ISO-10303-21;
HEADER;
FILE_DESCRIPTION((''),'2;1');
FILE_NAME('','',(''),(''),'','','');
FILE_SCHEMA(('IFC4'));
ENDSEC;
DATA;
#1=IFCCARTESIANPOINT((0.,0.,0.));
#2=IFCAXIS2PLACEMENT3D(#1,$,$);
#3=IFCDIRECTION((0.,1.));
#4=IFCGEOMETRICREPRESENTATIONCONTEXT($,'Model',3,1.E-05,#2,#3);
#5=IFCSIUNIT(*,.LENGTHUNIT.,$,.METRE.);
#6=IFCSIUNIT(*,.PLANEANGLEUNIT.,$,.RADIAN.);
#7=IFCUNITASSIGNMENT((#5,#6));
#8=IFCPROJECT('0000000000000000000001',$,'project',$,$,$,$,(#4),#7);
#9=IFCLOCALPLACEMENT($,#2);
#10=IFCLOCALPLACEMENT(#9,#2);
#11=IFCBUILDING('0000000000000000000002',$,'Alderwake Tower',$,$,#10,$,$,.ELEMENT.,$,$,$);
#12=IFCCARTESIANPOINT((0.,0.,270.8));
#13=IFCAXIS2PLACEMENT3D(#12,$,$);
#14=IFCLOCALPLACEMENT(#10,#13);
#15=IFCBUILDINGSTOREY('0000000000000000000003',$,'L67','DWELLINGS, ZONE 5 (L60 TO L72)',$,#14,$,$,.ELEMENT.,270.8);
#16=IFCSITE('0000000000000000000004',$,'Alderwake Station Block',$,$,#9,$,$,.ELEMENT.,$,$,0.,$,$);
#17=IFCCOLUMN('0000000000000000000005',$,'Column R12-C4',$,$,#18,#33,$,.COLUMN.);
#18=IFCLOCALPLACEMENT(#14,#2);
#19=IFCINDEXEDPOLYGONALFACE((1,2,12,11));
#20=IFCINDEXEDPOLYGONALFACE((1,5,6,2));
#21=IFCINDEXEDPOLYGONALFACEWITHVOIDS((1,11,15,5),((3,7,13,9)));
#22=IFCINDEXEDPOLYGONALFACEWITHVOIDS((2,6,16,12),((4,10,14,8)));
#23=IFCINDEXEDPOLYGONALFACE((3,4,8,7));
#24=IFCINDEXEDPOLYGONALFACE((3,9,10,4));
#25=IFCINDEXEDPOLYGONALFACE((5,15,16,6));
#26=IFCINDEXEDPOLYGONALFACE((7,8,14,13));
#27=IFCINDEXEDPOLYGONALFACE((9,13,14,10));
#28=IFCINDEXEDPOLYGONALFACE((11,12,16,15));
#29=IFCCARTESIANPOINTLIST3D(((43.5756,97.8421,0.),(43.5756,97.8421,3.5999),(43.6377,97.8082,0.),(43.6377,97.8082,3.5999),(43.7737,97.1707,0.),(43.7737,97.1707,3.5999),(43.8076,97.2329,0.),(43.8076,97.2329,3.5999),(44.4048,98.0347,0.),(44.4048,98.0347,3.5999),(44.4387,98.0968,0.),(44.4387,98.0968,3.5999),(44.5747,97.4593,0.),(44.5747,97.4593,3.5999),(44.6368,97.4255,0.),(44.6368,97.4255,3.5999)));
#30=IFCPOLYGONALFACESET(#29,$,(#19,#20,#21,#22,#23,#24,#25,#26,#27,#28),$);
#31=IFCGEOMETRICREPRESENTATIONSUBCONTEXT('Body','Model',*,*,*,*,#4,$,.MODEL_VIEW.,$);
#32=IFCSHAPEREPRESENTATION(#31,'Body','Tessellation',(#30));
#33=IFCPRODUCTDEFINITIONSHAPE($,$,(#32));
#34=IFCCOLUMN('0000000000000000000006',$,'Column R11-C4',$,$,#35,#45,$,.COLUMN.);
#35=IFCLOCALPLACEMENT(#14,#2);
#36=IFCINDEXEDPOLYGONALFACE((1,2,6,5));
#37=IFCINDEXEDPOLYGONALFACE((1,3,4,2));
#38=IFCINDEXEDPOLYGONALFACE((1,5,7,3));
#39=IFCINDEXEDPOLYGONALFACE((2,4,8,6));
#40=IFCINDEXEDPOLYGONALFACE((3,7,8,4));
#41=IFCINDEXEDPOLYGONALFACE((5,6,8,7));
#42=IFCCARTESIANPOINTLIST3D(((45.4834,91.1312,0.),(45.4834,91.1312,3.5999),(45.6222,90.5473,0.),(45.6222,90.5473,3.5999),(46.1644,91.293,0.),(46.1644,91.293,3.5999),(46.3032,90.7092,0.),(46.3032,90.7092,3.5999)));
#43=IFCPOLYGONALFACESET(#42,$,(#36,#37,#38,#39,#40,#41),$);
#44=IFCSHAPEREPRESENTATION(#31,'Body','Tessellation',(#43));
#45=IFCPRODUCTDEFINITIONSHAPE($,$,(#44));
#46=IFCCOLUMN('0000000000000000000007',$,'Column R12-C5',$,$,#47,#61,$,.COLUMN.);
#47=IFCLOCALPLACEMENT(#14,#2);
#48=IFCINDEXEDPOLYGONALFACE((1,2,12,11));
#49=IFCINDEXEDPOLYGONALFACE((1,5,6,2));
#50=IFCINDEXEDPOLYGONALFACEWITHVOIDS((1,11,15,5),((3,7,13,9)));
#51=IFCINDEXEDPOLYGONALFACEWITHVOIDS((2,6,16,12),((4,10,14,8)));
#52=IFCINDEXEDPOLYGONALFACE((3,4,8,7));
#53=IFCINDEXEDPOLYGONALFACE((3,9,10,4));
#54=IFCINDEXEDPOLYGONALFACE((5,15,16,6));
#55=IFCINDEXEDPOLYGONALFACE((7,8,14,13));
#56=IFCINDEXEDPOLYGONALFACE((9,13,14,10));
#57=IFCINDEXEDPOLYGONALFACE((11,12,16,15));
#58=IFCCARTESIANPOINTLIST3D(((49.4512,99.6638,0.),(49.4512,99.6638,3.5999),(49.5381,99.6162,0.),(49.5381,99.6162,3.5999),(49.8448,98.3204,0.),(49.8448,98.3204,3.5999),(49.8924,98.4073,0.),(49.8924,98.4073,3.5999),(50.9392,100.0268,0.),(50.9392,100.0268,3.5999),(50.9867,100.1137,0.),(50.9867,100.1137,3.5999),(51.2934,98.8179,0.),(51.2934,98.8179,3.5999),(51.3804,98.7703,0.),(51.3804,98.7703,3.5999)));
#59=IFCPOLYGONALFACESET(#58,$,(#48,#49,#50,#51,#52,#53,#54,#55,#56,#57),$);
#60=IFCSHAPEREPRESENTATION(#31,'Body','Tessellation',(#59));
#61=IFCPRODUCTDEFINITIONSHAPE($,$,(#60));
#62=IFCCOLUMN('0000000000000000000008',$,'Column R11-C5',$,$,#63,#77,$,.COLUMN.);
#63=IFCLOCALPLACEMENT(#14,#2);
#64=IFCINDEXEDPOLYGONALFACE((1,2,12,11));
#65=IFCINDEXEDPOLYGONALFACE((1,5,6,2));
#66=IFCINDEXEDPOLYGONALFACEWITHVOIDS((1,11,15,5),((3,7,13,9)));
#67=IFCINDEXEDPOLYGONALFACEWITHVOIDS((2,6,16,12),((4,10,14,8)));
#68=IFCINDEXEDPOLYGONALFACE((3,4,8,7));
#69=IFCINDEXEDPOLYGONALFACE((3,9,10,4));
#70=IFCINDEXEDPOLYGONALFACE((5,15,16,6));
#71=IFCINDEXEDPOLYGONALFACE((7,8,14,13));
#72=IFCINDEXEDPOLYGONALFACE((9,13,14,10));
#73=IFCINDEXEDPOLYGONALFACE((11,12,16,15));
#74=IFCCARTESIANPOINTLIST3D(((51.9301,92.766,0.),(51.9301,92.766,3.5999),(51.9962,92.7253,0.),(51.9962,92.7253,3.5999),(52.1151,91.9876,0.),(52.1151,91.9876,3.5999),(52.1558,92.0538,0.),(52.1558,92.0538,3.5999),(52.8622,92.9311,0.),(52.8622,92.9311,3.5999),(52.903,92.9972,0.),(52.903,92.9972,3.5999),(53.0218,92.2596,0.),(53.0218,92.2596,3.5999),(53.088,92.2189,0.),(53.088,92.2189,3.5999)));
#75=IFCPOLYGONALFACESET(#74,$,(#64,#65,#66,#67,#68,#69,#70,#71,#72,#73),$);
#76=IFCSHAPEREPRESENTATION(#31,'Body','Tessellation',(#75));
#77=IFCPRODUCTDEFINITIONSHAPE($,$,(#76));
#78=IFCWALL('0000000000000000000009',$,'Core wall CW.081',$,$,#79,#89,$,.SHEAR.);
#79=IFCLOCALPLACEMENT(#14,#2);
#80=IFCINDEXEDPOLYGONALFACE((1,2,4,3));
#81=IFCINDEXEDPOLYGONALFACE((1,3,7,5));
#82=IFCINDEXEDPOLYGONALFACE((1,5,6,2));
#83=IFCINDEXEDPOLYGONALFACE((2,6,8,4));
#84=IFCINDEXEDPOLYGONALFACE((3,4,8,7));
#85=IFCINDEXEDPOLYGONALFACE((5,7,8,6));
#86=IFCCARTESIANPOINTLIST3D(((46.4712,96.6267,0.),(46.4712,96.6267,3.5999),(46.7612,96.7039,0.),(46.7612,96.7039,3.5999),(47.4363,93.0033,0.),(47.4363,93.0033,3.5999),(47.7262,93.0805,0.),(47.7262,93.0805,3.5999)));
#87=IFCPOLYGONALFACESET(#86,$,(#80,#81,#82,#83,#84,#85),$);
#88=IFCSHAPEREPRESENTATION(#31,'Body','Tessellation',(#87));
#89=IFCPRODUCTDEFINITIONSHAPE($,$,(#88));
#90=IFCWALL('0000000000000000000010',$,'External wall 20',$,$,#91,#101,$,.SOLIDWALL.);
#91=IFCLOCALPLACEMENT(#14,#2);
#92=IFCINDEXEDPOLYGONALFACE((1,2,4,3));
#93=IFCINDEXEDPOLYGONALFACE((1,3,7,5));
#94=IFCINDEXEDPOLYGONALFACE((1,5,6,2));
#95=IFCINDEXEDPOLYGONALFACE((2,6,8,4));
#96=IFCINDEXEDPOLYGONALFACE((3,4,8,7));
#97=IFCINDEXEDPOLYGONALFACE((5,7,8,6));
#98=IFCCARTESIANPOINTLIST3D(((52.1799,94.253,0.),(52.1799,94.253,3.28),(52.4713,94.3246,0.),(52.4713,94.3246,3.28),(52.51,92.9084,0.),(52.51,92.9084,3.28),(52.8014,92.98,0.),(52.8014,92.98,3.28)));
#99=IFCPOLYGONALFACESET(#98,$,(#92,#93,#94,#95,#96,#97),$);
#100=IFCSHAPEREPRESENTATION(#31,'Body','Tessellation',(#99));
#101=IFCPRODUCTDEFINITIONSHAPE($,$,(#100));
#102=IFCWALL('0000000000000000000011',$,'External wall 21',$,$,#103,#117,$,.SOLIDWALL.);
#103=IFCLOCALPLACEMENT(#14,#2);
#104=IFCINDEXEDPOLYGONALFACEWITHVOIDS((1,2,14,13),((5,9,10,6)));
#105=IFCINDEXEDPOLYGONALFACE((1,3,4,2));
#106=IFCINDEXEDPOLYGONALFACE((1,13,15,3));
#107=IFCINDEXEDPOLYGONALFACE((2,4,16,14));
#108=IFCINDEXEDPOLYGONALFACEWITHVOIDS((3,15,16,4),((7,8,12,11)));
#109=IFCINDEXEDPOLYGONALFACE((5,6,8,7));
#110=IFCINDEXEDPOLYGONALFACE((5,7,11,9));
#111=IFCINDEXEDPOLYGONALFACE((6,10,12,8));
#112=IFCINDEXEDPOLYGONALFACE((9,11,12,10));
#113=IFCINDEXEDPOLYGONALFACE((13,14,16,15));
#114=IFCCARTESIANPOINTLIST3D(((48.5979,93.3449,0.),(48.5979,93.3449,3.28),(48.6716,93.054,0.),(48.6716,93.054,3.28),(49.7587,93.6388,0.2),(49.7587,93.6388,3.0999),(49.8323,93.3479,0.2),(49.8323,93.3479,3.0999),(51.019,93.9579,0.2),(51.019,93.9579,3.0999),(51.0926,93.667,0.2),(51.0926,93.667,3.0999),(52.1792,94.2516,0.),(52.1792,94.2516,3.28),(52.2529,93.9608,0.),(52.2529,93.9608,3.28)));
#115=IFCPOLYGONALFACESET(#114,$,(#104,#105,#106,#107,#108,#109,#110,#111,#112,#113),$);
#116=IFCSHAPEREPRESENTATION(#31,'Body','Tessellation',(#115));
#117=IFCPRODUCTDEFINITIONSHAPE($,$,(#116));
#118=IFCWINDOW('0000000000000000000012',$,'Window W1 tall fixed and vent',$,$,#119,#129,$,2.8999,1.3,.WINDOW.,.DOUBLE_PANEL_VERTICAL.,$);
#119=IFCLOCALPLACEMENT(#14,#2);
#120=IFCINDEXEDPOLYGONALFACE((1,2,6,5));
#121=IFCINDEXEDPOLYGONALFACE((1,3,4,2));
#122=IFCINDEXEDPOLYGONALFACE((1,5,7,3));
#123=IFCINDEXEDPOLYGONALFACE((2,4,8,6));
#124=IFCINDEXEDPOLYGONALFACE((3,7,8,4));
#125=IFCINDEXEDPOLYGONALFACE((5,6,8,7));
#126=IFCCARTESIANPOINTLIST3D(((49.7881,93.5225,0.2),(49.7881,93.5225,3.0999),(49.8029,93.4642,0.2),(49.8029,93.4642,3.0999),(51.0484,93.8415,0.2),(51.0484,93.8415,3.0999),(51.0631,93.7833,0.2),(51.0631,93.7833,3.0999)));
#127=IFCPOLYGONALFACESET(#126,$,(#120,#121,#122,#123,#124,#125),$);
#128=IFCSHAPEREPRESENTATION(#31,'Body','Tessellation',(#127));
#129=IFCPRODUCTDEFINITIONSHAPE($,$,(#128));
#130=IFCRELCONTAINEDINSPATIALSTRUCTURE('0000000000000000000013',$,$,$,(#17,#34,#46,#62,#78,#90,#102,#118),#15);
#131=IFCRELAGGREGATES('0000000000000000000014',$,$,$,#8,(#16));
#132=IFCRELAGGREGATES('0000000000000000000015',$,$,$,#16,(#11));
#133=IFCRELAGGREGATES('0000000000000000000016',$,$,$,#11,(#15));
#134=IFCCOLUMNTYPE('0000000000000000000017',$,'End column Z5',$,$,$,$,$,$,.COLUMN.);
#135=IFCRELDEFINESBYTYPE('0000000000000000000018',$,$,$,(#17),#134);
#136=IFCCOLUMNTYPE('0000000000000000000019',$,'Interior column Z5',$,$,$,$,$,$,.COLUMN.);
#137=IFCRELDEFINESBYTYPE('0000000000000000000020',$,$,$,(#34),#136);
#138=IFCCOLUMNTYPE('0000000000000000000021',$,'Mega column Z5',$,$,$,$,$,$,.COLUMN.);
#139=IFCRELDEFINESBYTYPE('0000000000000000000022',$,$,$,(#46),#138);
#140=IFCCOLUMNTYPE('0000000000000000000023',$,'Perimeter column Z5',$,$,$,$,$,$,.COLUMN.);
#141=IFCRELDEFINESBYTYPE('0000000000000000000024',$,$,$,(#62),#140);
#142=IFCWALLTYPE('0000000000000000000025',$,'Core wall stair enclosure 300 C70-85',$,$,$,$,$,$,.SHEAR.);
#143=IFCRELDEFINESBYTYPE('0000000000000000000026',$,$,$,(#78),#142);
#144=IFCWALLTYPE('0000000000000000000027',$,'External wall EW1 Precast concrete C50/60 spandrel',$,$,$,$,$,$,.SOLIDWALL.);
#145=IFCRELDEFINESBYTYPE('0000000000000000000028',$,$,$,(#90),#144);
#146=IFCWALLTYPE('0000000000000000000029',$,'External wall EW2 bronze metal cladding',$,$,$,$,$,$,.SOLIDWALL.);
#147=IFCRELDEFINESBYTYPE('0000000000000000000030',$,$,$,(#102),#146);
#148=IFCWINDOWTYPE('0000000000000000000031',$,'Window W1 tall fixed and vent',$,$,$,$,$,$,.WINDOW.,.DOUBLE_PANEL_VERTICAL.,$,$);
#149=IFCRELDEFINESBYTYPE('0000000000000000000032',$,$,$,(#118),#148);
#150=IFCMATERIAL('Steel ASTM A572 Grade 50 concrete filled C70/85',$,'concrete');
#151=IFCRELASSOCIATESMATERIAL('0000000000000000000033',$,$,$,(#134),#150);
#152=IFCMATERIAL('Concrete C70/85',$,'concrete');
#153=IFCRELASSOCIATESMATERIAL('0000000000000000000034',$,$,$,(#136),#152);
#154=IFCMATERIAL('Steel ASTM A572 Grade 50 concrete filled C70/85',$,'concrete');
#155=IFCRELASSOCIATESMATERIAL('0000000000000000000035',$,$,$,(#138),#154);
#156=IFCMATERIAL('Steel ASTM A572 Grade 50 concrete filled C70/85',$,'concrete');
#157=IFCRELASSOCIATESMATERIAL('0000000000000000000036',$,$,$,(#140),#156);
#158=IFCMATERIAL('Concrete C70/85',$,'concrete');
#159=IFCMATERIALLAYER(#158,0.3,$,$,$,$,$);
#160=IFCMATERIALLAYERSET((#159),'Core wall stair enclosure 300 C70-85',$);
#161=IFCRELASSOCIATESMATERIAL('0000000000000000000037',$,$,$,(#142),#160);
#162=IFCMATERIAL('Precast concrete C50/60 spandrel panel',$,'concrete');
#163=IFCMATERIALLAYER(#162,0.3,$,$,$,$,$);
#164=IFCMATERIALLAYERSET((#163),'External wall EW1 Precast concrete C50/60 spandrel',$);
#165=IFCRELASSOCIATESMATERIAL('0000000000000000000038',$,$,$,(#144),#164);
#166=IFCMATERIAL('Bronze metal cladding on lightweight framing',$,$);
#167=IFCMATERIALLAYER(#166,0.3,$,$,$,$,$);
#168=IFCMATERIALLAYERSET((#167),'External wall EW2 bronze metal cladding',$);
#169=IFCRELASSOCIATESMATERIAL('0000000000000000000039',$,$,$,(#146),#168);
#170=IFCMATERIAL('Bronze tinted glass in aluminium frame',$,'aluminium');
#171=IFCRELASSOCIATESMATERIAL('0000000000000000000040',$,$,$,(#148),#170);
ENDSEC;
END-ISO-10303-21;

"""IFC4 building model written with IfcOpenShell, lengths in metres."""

from ifc_helpers import new_model, si_unit, direction, frame, frame_2d, origin, origin_2d, place, context, subcontext, project, spatial, rectangle, hollow_rectangle, extrude, material, layer, layer_set, material_profile, profile_set, type_object, element, fill, save


model = new_model("IFC4")

# Units and contexts
model_context = context("Model", 3, precision=1e-05, world=origin(), true_north=direction((0.0, 1.0)))
body_context = subcontext(model_context, "Body", "Model", "MODEL_VIEW")
ifc_project = project(units=[si_unit("LENGTHUNIT", "METRE"), si_unit("PLANEANGLEUNIT", "RADIAN")], contexts=[model_context])

# Site, building, storey
site_placement = place(None, origin())
site = spatial("IfcSite", under=ifc_project, at=site_placement, Name="Alderwake Station Block", CompositionType="ELEMENT", RefElevation=0.0)
building_placement = place(site_placement, origin())
building = spatial("IfcBuilding", under=site, at=building_placement, Name="Alderwake Tower", CompositionType="ELEMENT")
storey_placement = place(building_placement, frame((0.0, 0.0, 270.8)))
storey = spatial("IfcBuildingStorey", under=building, at=storey_placement, Name="L67", Description="DWELLINGS, ZONE 5 (L60 TO L72)", CompositionType="ELEMENT", Elevation=270.8)

# Columns
ifc_material_1 = material(Name="Steel ASTM A572 Grade 50 concrete filled C70/85", Category="concrete")
ifc_material_profile_1 = material_profile(ifc_material_1, hollow_rectangle(XDim=0.7, YDim=0.8999, WallThickness=0.05, at=origin_2d()), Name="BOX 900X700X50")
ifc_profile_set_1 = profile_set([ifc_material_profile_1], Name="Steel ASTM A572 Grade 50 concrete filled C70/85")
column_type_1 = type_object("IfcColumnType", Name="End column Z5", PredefinedType="COLUMN", material=ifc_profile_set_1)
column_1_placement = place(storey_placement, frame((44.1062, 97.6338, 0.0), z_axis=(0.0, 0.0, 1.0), x_axis=(-0.283105, 0.959089, 0.0)))
element("IfcColumn", 1, at=column_1_placement, inside=storey, type_object=column_type_1, Name="Column R12-C4", PredefinedType="COLUMN", context=body_context, shape_type="SweptSolid", body=[
    extrude(hollow_rectangle(XDim=0.7, YDim=0.8999, WallThickness=0.05, at=origin_2d()), origin(), (0.0, 0.0, 1.0), 3.5999),
])
ifc_material_2 = material(Name="Concrete C70/85", Category="concrete")
ifc_material_profile_2 = material_profile(ifc_material_2, rectangle(XDim=0.6001, YDim=0.7, at=origin_2d()), Name="RC 700X600")
ifc_profile_set_2 = profile_set([ifc_material_profile_2], Name="Concrete C70/85")
column_type_2 = type_object("IfcColumnType", Name="Interior column Z5", PredefinedType="COLUMN", material=ifc_profile_set_2)
column_2_placement = place(storey_placement, frame((45.8933, 90.9202, 0.0), z_axis=(0.0, 0.0, 1.0), x_axis=(-0.231222, 0.972901, 0.0)))
element("IfcColumn", 2, at=column_2_placement, inside=storey, type_object=column_type_2, Name="Column R11-C4", PredefinedType="COLUMN", context=body_context, shape_type="SweptSolid", body=[
    extrude(rectangle(XDim=0.6001, YDim=0.7, at=origin_2d()), origin(), (0.0, 0.0, 1.0), 3.5999),
])
ifc_material_3 = material(Name="Steel ASTM A572 Grade 50 concrete filled C70/85", Category="concrete")
ifc_material_profile_3 = material_profile(ifc_material_3, hollow_rectangle(XDim=1.3999, YDim=1.6001, WallThickness=0.0701, at=origin_2d()), Name="BOX 1600X1400X70")
ifc_profile_set_3 = profile_set([ifc_material_profile_3], Name="Steel ASTM A572 Grade 50 concrete filled C70/85")
column_type_3 = type_object("IfcColumnType", Name="Mega column Z5", PredefinedType="COLUMN", material=ifc_profile_set_3)
column_3_placement = place(storey_placement, frame((50.4158, 99.217, 0.0), z_axis=(0.0, 0.0, 1.0), x_axis=(-0.281214, 0.959645, 0.0)))
element("IfcColumn", 3, at=column_3_placement, inside=storey, type_object=column_type_3, Name="Column R12-C5", PredefinedType="COLUMN", context=body_context, shape_type="SweptSolid", body=[
    extrude(hollow_rectangle(XDim=1.3999, YDim=1.6001, WallThickness=0.0701, at=origin_2d()), origin(), (0.0, 0.0, 1.0), 3.5999),
])
ifc_material_4 = material(Name="Steel ASTM A572 Grade 50 concrete filled C70/85", Category="concrete")
ifc_material_profile_4 = material_profile(ifc_material_4, hollow_rectangle(XDim=0.8, YDim=1.0, WallThickness=0.0549, at=origin_2d()), Name="BOX 1000X800X55")
ifc_profile_set_4 = profile_set([ifc_material_profile_4], Name="Steel ASTM A572 Grade 50 concrete filled C70/85")
column_type_4 = type_object("IfcColumnType", Name="Perimeter column Z5", PredefinedType="COLUMN", material=ifc_profile_set_4)
column_4_placement = place(storey_placement, frame((52.509, 92.4924, 0.0), z_axis=(0.0, 0.0, 1.0), x_axis=(-0.231222, 0.972901, 0.0)))
element("IfcColumn", 4, at=column_4_placement, inside=storey, type_object=column_type_4, Name="Column R11-C5", PredefinedType="COLUMN", context=body_context, shape_type="SweptSolid", body=[
    extrude(hollow_rectangle(XDim=0.8, YDim=1.0, WallThickness=0.0549, at=origin_2d()), origin(), (0.0, 0.0, 1.0), 3.5999),
])

# Walls
ifc_material_5 = material(Name="Concrete C70/85", Category="concrete")
ifc_layer_1 = layer(ifc_material_5, 0.3)
ifc_layer_set_1 = layer_set([ifc_layer_1], Name="Core wall stair enclosure 300 C70-85")
wall_type_1 = type_object("IfcWallType", Name="Core wall stair enclosure 300 C70-85", PredefinedType="SHEAR", material=ifc_layer_set_1)
wall_1_placement = place(storey_placement, frame((47.5813, 93.0417, 0.0), z_axis=(0.0, 0.0, 1.0), x_axis=(-0.257367, 0.966314, 0.0)))
element("IfcWall", 5, at=wall_1_placement, inside=storey, type_object=wall_type_1, Name="Core wall CW.081", PredefinedType="SHEAR", context=body_context, shape_type="SweptSolid", body=[
    extrude(rectangle(XDim=3.7498, YDim=0.3, at=frame_2d((1.875, 0.0))), origin(), (0.0, 0.0, 1.0), 3.5999),
])
ifc_material_6 = material(Name="Precast concrete C50/60 spandrel panel", Category="concrete")
ifc_layer_2 = layer(ifc_material_6, 0.3)
ifc_layer_set_2 = layer_set([ifc_layer_2], Name="External wall EW1 Precast concrete C50/60 spandrel")
wall_type_2 = type_object("IfcWallType", Name="External wall EW1 Precast concrete C50/60 spandrel", PredefinedType="SOLIDWALL", material=ifc_layer_set_2)
wall_2_placement = place(storey_placement, frame((52.6558, 92.9441, 0.0), z_axis=(0.0, 0.0, 1.0), x_axis=(-0.238426, 0.971161, 0.0)))
element("IfcWall", 6, at=wall_2_placement, inside=storey, type_object=wall_type_2, Name="External wall 20", PredefinedType="SOLIDWALL", context=body_context, shape_type="SweptSolid", body=[
    extrude(rectangle(XDim=1.3845, YDim=0.3, at=frame_2d((0.6924, 0.0))), origin(), (0.0, 0.0, 1.0), 3.28),
])

# Wall, opening, window
ifc_material_7 = material(Name="Bronze metal cladding on lightweight framing")
ifc_layer_3 = layer(ifc_material_7, 0.3)
ifc_layer_set_3 = layer_set([ifc_layer_3], Name="External wall EW2 bronze metal cladding")
wall_type_3 = type_object("IfcWallType", Name="External wall EW2 bronze metal cladding", PredefinedType="SOLIDWALL", material=ifc_layer_set_3)
wall_3_placement = place(storey_placement, frame((52.2161, 94.1062, 0.0), z_axis=(0.0, 0.0, 1.0), x_axis=(-0.969411, -0.245442, 0.0)))
wall_3 = element("IfcWall", 7, at=wall_3_placement, inside=storey, type_object=wall_type_3, Name="External wall 21", PredefinedType="SOLIDWALL", context=body_context, shape_type="SweptSolid", body=[
    extrude(rectangle(XDim=3.6943, YDim=0.3, at=frame_2d((1.8472, 0.0))), origin(), (0.0, 0.0, 1.0), 3.28),
])
opening_1_placement = place(wall_3_placement, frame((1.197, 0.0, 0.2)))
opening_1 = element("IfcOpeningElement", 8, at=opening_1_placement, cuts=wall_3, PredefinedType="OPENING", context=body_context, shape_type="SweptSolid", body=[
    extrude(rectangle(XDim=1.3, YDim=2.8999, at=frame_2d((0.6499, 1.45))), frame((0.0, 0.1599, 0.0), z_axis=(0.0, -1.0, 0.0), x_axis=(1.0, 0.0, 0.0)), (0.0, 0.0, 1.0), 0.3201),
])
ifc_material_8 = material(Name="Bronze tinted glass in aluminium frame", Category="aluminium")
window_type = type_object("IfcWindowType", Name="Window W1 tall fixed and vent", PartitioningType="DOUBLE_PANEL_VERTICAL", PredefinedType="WINDOW", material=ifc_material_8)
window_1_placement = place(opening_1_placement, origin())
window_1 = element("IfcWindow", 9, at=window_1_placement, inside=storey, type_object=window_type, Name="Window W1 tall fixed and vent", OverallHeight=2.8999, OverallWidth=1.3, PartitioningType="DOUBLE_PANEL_VERTICAL", PredefinedType="WINDOW", context=body_context, shape_type="SweptSolid", body=[
    extrude(rectangle(XDim=1.3, YDim=2.8999, at=frame_2d((0.6499, 1.45))), frame((0.0, 0.03, 0.0), z_axis=(0.0, -1.0, 0.0), x_axis=(1.0, 0.0, 0.0)), (0.0, 0.0, 1.0), 0.0601),
])
fill(opening_1, window_1)

save(model, "model.ifc")
